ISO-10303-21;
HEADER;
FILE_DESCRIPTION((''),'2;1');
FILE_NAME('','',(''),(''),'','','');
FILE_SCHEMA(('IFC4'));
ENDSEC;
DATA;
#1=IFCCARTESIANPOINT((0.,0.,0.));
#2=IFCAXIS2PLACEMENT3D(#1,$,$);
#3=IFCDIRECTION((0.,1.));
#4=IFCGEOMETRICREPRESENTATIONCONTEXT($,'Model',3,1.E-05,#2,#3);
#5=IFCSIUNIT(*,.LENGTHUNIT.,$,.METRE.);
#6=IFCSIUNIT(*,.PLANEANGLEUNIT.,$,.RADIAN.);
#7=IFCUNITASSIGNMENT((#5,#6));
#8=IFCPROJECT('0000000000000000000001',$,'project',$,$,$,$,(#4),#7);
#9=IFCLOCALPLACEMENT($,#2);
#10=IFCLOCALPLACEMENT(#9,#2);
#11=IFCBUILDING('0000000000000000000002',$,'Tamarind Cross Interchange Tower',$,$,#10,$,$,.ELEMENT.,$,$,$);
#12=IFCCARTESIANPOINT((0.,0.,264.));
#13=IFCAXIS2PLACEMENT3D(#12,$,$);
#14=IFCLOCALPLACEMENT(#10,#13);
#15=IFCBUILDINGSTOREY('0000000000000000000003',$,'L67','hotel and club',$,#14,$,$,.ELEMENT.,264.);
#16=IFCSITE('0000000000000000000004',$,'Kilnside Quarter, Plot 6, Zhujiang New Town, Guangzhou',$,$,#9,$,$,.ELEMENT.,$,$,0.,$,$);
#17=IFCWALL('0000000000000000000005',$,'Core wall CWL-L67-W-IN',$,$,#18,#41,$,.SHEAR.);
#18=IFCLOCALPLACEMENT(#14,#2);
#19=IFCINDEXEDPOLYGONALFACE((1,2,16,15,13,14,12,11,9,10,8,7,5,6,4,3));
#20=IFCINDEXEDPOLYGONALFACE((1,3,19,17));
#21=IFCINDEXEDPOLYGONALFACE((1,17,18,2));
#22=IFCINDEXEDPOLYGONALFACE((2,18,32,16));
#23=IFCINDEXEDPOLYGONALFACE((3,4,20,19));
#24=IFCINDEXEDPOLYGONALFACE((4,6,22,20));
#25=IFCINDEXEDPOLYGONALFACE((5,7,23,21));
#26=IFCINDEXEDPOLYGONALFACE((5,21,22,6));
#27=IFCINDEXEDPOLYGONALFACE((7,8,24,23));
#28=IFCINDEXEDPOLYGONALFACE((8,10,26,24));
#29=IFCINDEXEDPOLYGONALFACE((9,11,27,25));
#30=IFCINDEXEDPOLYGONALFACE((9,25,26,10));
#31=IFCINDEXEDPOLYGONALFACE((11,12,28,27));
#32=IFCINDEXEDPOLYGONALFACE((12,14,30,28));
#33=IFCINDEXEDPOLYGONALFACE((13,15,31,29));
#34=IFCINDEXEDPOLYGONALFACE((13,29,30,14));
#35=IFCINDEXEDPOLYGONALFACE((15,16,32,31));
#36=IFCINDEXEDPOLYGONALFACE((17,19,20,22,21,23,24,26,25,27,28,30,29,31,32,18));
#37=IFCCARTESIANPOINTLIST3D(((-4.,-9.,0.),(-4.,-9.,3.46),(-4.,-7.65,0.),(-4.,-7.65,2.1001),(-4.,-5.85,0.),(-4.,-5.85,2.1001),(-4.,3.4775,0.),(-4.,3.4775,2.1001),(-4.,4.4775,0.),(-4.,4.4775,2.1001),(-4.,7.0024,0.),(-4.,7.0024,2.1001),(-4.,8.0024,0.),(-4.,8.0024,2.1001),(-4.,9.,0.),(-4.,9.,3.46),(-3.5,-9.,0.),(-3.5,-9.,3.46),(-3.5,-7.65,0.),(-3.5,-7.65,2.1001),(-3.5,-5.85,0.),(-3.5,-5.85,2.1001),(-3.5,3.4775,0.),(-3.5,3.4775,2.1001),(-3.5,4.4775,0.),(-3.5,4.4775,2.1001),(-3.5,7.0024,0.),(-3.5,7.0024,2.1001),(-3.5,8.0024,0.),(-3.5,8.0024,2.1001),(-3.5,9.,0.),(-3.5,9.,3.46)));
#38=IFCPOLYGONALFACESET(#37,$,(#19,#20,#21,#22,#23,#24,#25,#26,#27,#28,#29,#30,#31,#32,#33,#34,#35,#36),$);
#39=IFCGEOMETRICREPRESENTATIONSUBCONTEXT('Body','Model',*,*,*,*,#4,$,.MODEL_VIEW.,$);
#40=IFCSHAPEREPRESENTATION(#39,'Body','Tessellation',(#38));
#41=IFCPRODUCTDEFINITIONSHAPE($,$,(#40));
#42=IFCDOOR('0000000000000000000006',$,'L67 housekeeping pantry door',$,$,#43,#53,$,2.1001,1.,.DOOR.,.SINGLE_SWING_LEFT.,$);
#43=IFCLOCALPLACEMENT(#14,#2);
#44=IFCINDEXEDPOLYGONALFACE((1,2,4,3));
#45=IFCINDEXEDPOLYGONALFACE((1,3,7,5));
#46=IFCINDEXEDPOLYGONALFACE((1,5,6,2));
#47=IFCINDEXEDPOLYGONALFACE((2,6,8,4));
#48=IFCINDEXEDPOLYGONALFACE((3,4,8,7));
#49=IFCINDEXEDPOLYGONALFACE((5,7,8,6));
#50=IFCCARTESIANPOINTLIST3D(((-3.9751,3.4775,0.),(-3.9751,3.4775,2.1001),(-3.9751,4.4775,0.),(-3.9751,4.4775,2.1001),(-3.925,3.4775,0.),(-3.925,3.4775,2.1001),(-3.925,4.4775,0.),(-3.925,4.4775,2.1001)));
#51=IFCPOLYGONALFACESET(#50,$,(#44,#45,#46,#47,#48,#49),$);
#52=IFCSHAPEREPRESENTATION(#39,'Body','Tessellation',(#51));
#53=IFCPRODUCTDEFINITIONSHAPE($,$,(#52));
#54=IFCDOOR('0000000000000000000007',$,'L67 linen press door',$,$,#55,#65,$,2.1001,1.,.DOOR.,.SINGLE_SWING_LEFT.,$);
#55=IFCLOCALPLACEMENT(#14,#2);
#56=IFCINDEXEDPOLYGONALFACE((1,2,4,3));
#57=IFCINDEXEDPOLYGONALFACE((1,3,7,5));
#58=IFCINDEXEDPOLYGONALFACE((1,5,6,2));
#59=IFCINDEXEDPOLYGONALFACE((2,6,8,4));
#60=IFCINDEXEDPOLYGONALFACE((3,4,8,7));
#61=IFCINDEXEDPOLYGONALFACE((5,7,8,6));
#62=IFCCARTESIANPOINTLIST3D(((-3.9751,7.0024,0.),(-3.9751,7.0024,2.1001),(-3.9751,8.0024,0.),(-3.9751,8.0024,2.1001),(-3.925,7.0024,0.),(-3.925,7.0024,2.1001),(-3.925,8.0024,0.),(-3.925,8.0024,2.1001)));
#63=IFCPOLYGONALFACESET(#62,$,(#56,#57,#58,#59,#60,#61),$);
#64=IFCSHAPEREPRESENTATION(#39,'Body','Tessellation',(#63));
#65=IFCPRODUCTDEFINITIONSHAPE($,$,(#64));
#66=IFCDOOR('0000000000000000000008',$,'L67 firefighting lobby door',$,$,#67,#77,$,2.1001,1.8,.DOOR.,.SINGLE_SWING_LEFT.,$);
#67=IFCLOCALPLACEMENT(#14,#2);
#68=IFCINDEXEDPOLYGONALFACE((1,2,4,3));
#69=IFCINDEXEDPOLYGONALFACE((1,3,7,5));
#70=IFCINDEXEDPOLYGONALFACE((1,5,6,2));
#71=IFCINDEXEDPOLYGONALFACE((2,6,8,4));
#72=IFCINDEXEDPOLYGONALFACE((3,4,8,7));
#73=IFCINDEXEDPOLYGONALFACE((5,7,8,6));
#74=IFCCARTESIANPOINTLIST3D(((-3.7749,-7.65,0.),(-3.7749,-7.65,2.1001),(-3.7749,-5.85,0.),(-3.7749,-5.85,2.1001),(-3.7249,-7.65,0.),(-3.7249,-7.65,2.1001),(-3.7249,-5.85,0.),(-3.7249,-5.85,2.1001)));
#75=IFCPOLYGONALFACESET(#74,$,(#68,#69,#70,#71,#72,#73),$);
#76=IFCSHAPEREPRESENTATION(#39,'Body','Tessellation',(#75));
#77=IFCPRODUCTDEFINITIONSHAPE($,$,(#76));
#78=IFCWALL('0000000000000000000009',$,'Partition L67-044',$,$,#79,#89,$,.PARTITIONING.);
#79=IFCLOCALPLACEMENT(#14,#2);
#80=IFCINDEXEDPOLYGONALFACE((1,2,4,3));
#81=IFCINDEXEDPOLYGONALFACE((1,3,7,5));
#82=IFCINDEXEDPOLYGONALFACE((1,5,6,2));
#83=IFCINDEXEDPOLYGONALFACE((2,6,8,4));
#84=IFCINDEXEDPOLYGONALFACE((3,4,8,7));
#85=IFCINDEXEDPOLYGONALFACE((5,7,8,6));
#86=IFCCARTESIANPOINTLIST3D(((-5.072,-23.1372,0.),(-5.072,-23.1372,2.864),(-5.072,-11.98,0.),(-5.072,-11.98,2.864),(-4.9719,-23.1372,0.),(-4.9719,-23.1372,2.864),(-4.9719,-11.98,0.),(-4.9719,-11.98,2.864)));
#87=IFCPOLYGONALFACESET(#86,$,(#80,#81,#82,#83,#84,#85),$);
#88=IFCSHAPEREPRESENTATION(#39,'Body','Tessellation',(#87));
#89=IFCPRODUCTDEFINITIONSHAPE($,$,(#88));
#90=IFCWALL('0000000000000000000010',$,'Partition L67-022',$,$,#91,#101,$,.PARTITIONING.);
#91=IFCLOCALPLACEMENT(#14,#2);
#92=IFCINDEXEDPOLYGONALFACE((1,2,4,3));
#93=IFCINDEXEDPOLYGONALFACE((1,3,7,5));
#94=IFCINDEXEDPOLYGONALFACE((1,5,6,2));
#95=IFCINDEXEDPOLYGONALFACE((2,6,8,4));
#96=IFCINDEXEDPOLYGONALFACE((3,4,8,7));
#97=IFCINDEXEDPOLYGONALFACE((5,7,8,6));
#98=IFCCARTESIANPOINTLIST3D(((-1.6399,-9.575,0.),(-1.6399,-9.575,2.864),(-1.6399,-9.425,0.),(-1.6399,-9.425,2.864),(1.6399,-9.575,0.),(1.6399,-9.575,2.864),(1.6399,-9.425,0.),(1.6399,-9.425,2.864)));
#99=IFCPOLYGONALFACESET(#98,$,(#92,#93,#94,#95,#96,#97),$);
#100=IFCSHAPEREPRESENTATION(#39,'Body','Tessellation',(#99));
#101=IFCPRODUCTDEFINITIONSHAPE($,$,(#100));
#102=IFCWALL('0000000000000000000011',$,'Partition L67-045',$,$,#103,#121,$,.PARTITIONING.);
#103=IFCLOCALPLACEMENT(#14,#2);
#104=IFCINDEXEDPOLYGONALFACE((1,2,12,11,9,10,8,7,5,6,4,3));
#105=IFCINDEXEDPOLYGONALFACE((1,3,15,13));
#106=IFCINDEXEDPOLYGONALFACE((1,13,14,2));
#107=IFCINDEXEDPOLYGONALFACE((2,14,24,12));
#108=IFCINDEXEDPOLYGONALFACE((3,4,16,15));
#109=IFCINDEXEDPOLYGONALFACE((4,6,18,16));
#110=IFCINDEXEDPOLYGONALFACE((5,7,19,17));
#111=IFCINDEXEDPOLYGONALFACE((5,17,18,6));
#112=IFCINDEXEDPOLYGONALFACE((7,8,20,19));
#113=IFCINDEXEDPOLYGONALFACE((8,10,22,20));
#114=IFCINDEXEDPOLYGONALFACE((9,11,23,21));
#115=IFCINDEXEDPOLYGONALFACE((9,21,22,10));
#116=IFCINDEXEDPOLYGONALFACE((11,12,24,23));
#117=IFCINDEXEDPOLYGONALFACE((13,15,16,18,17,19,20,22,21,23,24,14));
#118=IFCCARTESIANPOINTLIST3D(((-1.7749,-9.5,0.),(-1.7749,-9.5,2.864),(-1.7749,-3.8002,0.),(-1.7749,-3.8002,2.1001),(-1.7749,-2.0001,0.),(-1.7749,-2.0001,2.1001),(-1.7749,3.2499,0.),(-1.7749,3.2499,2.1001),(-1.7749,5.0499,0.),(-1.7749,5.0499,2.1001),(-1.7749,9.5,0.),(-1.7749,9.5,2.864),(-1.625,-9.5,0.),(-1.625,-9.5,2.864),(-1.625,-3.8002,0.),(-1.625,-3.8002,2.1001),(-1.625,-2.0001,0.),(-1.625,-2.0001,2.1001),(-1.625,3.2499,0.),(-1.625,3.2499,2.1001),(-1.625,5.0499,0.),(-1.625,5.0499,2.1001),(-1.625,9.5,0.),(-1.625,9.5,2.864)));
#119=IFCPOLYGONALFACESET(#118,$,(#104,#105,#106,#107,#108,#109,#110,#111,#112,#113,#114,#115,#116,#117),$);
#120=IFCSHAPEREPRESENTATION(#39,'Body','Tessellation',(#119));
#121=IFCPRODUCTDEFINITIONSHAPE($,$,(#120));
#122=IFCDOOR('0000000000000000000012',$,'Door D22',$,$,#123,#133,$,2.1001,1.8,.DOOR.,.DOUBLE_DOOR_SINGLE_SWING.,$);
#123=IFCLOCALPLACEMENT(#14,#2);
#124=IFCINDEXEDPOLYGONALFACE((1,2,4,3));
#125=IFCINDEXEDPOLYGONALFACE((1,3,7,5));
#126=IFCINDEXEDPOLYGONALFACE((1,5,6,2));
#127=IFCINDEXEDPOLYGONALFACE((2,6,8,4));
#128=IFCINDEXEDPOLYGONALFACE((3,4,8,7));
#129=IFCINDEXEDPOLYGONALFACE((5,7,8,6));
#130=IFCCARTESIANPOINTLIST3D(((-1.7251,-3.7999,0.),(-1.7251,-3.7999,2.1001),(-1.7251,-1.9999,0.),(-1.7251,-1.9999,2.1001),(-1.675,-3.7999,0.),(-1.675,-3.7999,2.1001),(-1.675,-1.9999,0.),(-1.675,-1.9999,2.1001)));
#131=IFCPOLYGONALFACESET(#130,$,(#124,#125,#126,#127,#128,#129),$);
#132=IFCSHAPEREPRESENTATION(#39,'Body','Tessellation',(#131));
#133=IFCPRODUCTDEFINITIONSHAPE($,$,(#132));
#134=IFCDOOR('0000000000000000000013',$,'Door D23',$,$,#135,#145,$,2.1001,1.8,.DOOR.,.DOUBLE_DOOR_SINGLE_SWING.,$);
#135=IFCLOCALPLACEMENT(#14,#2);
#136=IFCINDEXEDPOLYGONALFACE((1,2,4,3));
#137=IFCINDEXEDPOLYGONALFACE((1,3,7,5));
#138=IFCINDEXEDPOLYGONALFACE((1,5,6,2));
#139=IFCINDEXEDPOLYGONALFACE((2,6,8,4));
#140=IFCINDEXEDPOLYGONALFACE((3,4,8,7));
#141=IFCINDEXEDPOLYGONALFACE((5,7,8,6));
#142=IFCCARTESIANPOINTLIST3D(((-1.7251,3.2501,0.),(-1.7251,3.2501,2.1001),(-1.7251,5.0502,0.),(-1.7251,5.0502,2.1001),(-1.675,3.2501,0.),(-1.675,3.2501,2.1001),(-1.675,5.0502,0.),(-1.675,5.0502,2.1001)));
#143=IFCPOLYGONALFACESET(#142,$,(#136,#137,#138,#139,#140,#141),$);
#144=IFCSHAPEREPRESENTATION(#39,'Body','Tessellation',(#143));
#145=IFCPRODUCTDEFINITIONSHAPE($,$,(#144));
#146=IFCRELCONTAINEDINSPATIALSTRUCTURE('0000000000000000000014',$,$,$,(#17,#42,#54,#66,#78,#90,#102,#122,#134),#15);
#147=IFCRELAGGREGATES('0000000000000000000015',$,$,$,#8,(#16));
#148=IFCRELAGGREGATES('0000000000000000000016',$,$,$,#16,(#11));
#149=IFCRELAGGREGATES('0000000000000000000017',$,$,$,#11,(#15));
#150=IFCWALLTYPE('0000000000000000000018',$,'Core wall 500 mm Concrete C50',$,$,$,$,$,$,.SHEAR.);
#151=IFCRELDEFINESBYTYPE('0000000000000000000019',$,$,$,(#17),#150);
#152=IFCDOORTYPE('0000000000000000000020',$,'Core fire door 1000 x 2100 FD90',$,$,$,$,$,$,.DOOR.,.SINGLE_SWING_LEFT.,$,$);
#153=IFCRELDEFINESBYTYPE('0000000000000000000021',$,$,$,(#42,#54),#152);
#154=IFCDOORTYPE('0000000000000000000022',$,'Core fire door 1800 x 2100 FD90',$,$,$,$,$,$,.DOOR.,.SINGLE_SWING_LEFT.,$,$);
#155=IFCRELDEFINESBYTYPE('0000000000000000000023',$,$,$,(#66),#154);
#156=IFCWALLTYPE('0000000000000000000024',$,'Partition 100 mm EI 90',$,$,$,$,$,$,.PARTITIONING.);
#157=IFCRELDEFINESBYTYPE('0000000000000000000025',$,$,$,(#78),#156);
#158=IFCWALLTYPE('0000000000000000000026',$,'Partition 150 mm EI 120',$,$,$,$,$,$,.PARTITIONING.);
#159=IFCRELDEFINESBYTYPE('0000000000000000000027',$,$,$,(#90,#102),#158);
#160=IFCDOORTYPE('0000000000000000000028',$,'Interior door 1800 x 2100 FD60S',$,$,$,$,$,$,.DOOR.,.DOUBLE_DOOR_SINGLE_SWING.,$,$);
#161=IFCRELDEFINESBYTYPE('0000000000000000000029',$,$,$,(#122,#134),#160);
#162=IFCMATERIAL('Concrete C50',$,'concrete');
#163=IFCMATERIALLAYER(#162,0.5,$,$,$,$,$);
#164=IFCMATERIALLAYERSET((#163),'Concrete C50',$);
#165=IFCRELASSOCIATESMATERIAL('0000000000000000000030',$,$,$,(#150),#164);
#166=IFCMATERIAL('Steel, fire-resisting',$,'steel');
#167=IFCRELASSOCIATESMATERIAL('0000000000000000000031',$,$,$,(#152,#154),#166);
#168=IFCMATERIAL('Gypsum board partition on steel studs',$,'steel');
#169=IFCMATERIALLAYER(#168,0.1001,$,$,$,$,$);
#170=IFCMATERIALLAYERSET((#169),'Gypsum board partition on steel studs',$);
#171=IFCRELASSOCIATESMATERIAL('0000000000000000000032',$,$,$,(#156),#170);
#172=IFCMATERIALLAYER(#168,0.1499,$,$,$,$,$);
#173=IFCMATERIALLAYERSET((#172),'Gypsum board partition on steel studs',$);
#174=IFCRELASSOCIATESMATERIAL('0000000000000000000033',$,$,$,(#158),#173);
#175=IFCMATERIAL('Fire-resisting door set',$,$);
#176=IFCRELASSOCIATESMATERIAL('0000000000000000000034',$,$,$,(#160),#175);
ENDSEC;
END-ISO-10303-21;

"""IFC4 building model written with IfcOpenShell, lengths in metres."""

from ifc_helpers import new_model, si_unit, direction, frame, frame_2d, origin, place, context, subcontext, project, spatial, rectangle, extrude, material, layer, layer_set, type_object, element, fill, save


model = new_model("IFC4")

# Units and contexts
model_context = context("Model", 3, precision=1e-05, world=origin(), true_north=direction((0.0, 1.0)))
body_context = subcontext(model_context, "Body", "Model", "MODEL_VIEW")
ifc_project = project(units=[si_unit("LENGTHUNIT", "METRE"), si_unit("PLANEANGLEUNIT", "RADIAN")], contexts=[model_context])

# Site, building, storey
site_placement = place(None, origin())
site = spatial("IfcSite", under=ifc_project, at=site_placement, Name="Kilnside Quarter, Plot 6, Zhujiang New Town, Guangzhou", CompositionType="ELEMENT", RefElevation=0.0)
building_placement = place(site_placement, origin())
building = spatial("IfcBuilding", under=site, at=building_placement, Name="Tamarind Cross Interchange Tower", CompositionType="ELEMENT")
storey_placement = place(building_placement, frame((0.0, 0.0, 264.0)))
storey = spatial("IfcBuildingStorey", under=building, at=storey_placement, Name="L67", Description="hotel and club", CompositionType="ELEMENT", Elevation=264.0)

# Wall, openings, doors
ifc_material_1 = material(Name="Concrete C50", Category="concrete")
ifc_layer_1 = layer(ifc_material_1, 0.5)
ifc_layer_set_1 = layer_set([ifc_layer_1], Name="Concrete C50")
wall_type_1 = type_object("IfcWallType", Name="Core wall 500 mm Concrete C50", PredefinedType="SHEAR", material=ifc_layer_set_1)
wall_1_placement = place(storey_placement, frame((-3.75, -9.0, 0.0), z_axis=(0.0, 0.0, 1.0), x_axis=(0.0, 1.0, 0.0)))
wall_1 = element("IfcWall", 1, at=wall_1_placement, inside=storey, type_object=wall_type_1, Name="Core wall CWL-L67-W-IN", PredefinedType="SHEAR", context=body_context, shape_type="SweptSolid", body=[
    extrude(rectangle(XDim=18.0, YDim=0.5, at=frame_2d((9.0, 0.0))), origin(), (0.0, 0.0, 1.0), 3.46),
])
opening_1_placement = place(wall_1_placement, frame((1.3501, 0.0, 0.0)))
opening_1 = element("IfcOpeningElement", 2, at=opening_1_placement, cuts=wall_1, PredefinedType="OPENING", context=body_context, shape_type="SweptSolid", body=[
    extrude(rectangle(XDim=1.8, YDim=2.1001, at=frame_2d((0.8999, 1.05))), frame((0.0, 0.26, 0.0), z_axis=(0.0, -1.0, 0.0), x_axis=(1.0, 0.0, 0.0)), (0.0, 0.0, 1.0), 0.52),
])
opening_2_placement = place(wall_1_placement, frame((12.4775, 0.0, 0.0)))
opening_2 = element("IfcOpeningElement", 3, at=opening_2_placement, cuts=wall_1, PredefinedType="OPENING", context=body_context, shape_type="SweptSolid", body=[
    extrude(rectangle(XDim=1.0, YDim=2.1001, at=frame_2d((0.5, 1.05))), frame((0.0, 0.26, 0.0), z_axis=(0.0, -1.0, 0.0), x_axis=(1.0, 0.0, 0.0)), (0.0, 0.0, 1.0), 0.52),
])
opening_3_placement = place(wall_1_placement, frame((16.0024, 0.0, 0.0)))
opening_3 = element("IfcOpeningElement", 4, at=opening_3_placement, cuts=wall_1, PredefinedType="OPENING", context=body_context, shape_type="SweptSolid", body=[
    extrude(rectangle(XDim=1.0, YDim=2.1001, at=frame_2d((0.5, 1.05))), frame((0.0, 0.26, 0.0), z_axis=(0.0, -1.0, 0.0), x_axis=(1.0, 0.0, 0.0)), (0.0, 0.0, 1.0), 0.52),
])
ifc_material_2 = material(Name="Steel, fire-resisting", Category="steel")
door_type_1 = type_object("IfcDoorType", Name="Core fire door 1000 x 2100 FD90", OperationType="SINGLE_SWING_LEFT", PredefinedType="DOOR", material=ifc_material_2)
door_1_placement = place(opening_2_placement, origin())
door_1 = element("IfcDoor", 5, at=door_1_placement, inside=storey, type_object=door_type_1, Name="L67 housekeeping pantry door", OperationType="SINGLE_SWING_LEFT", OverallHeight=2.1001, OverallWidth=1.0, PredefinedType="DOOR", context=body_context, shape_type="SweptSolid", body=[
    extrude(rectangle(XDim=1.0, YDim=2.1001, at=frame_2d((0.5, 1.05))), frame((0.0, 0.2251, 0.0), z_axis=(0.0, -1.0, 0.0), x_axis=(1.0, 0.0, 0.0)), (0.0, 0.0, 1.0), 0.05),
])
fill(opening_2, door_1)
door_2_placement = place(opening_3_placement, origin())
door_2 = element("IfcDoor", 6, at=door_2_placement, inside=storey, type_object=door_type_1, Name="L67 linen press door", OperationType="SINGLE_SWING_LEFT", OverallHeight=2.1001, OverallWidth=1.0, PredefinedType="DOOR", context=body_context, shape_type="SweptSolid", body=[
    extrude(rectangle(XDim=1.0, YDim=2.1001, at=frame_2d((0.5, 1.05))), frame((0.0, 0.2251, 0.0), z_axis=(0.0, -1.0, 0.0), x_axis=(1.0, 0.0, 0.0)), (0.0, 0.0, 1.0), 0.05),
])
fill(opening_3, door_2)
door_type_2 = type_object("IfcDoorType", Name="Core fire door 1800 x 2100 FD90", OperationType="SINGLE_SWING_LEFT", PredefinedType="DOOR", material=ifc_material_2)
door_3_placement = place(opening_1_placement, origin())
door_3 = element("IfcDoor", 7, at=door_3_placement, inside=storey, type_object=door_type_2, Name="L67 firefighting lobby door", OperationType="SINGLE_SWING_LEFT", OverallHeight=2.1001, OverallWidth=1.8, PredefinedType="DOOR", context=body_context, shape_type="SweptSolid", body=[
    extrude(rectangle(XDim=1.8, YDim=2.1001, at=frame_2d((0.8999, 1.05))), frame((0.0, 0.0249, 0.0), z_axis=(0.0, -1.0, 0.0), x_axis=(1.0, 0.0, 0.0)), (0.0, 0.0, 1.0), 0.05),
])
fill(opening_1, door_3)

# Walls
ifc_material_3 = material(Name="Gypsum board partition on steel studs", Category="steel")
ifc_layer_2 = layer(ifc_material_3, 0.1001)
ifc_layer_set_2 = layer_set([ifc_layer_2], Name="Gypsum board partition on steel studs")
wall_type_2 = type_object("IfcWallType", Name="Partition 100 mm EI 90", PredefinedType="PARTITIONING", material=ifc_layer_set_2)
wall_2_placement = place(storey_placement, frame((-5.022, -23.1372, 0.0), z_axis=(0.0, 0.0, 1.0), x_axis=(0.0, 1.0, 0.0)))
element("IfcWall", 8, at=wall_2_placement, inside=storey, type_object=wall_type_2, Name="Partition L67-044", PredefinedType="PARTITIONING", context=body_context, shape_type="SweptSolid", body=[
    extrude(rectangle(XDim=11.1572, YDim=0.1001, at=frame_2d((5.5786, 0.0))), origin(), (0.0, 0.0, 1.0), 2.864),
])
ifc_layer_3 = layer(ifc_material_3, 0.1499)
ifc_layer_set_3 = layer_set([ifc_layer_3], Name="Gypsum board partition on steel studs")
wall_type_3 = type_object("IfcWallType", Name="Partition 150 mm EI 120", PredefinedType="PARTITIONING", material=ifc_layer_set_3)
wall_3_placement = place(storey_placement, frame((-1.6399, -9.5, 0.0), z_axis=(0.0, 0.0, 1.0), x_axis=(1.0, 0.0, 0.0)))
element("IfcWall", 9, at=wall_3_placement, inside=storey, type_object=wall_type_3, Name="Partition L67-022", PredefinedType="PARTITIONING", context=body_context, shape_type="SweptSolid", body=[
    extrude(rectangle(XDim=3.2798, YDim=0.1499, at=frame_2d((1.6399, 0.0))), origin(), (0.0, 0.0, 1.0), 2.864),
])

# Wall, openings, doors
wall_4_placement = place(storey_placement, frame((-1.7, -9.5, 0.0), z_axis=(0.0, 0.0, 1.0), x_axis=(0.0, 1.0, 0.0)))
wall_4 = element("IfcWall", 10, at=wall_4_placement, inside=storey, type_object=wall_type_3, Name="Partition L67-045", PredefinedType="PARTITIONING", context=body_context, shape_type="SweptSolid", body=[
    extrude(rectangle(XDim=19.0, YDim=0.1499, at=frame_2d((9.5, 0.0))), origin(), (0.0, 0.0, 1.0), 2.864),
])
opening_4_placement = place(wall_4_placement, frame((5.7, 0.0, 0.0)))
opening_4 = element("IfcOpeningElement", 11, at=opening_4_placement, cuts=wall_4, PredefinedType="OPENING", context=body_context, shape_type="SweptSolid", body=[
    extrude(rectangle(XDim=1.8, YDim=2.1001, at=frame_2d((0.8999, 1.05))), frame((0.0, 0.085, 0.0), z_axis=(0.0, -1.0, 0.0), x_axis=(1.0, 0.0, 0.0)), (0.0, 0.0, 1.0), 0.1699),
])
opening_5_placement = place(wall_4_placement, frame((12.75, 0.0, 0.0)))
opening_5 = element("IfcOpeningElement", 12, at=opening_5_placement, cuts=wall_4, PredefinedType="OPENING", context=body_context, shape_type="SweptSolid", body=[
    extrude(rectangle(XDim=1.8, YDim=2.1001, at=frame_2d((0.8999, 1.05))), frame((0.0, 0.085, 0.0), z_axis=(0.0, -1.0, 0.0), x_axis=(1.0, 0.0, 0.0)), (0.0, 0.0, 1.0), 0.1699),
])
ifc_material_4 = material(Name="Fire-resisting door set")
door_type_3 = type_object("IfcDoorType", Name="Interior door 1800 x 2100 FD60S", OperationType="DOUBLE_DOOR_SINGLE_SWING", PredefinedType="DOOR", material=ifc_material_4)
door_4_placement = place(opening_4_placement, frame((1.8, 0.0, 0.0), z_axis=(0.0, 0.0, 1.0), x_axis=(-1.0, 0.0, 0.0)))
door_4 = element("IfcDoor", 13, at=door_4_placement, inside=storey, type_object=door_type_3, Name="Door D22", OperationType="DOUBLE_DOOR_SINGLE_SWING", OverallHeight=2.1001, OverallWidth=1.8, PredefinedType="DOOR", context=body_context, shape_type="SweptSolid", body=[
    extrude(rectangle(XDim=1.8, YDim=2.1001, at=frame_2d((0.8999, 1.05))), frame((0.0, 0.0249, 0.0), z_axis=(0.0, -1.0, 0.0), x_axis=(1.0, 0.0, 0.0)), (0.0, 0.0, 1.0), 0.05),
])
fill(opening_4, door_4)
door_5_placement = place(opening_5_placement, frame((1.8, 0.0, 0.0), z_axis=(0.0, 0.0, 1.0), x_axis=(-1.0, 0.0, 0.0)))
door_5 = element("IfcDoor", 14, at=door_5_placement, inside=storey, type_object=door_type_3, Name="Door D23", OperationType="DOUBLE_DOOR_SINGLE_SWING", OverallHeight=2.1001, OverallWidth=1.8, PredefinedType="DOOR", context=body_context, shape_type="SweptSolid", body=[
    extrude(rectangle(XDim=1.8, YDim=2.1001, at=frame_2d((0.8999, 1.05))), frame((0.0, 0.0249, 0.0), z_axis=(0.0, -1.0, 0.0), x_axis=(1.0, 0.0, 0.0)), (0.0, 0.0, 1.0), 0.05),
])
fill(opening_5, door_5)

save(model, "model.ifc")
